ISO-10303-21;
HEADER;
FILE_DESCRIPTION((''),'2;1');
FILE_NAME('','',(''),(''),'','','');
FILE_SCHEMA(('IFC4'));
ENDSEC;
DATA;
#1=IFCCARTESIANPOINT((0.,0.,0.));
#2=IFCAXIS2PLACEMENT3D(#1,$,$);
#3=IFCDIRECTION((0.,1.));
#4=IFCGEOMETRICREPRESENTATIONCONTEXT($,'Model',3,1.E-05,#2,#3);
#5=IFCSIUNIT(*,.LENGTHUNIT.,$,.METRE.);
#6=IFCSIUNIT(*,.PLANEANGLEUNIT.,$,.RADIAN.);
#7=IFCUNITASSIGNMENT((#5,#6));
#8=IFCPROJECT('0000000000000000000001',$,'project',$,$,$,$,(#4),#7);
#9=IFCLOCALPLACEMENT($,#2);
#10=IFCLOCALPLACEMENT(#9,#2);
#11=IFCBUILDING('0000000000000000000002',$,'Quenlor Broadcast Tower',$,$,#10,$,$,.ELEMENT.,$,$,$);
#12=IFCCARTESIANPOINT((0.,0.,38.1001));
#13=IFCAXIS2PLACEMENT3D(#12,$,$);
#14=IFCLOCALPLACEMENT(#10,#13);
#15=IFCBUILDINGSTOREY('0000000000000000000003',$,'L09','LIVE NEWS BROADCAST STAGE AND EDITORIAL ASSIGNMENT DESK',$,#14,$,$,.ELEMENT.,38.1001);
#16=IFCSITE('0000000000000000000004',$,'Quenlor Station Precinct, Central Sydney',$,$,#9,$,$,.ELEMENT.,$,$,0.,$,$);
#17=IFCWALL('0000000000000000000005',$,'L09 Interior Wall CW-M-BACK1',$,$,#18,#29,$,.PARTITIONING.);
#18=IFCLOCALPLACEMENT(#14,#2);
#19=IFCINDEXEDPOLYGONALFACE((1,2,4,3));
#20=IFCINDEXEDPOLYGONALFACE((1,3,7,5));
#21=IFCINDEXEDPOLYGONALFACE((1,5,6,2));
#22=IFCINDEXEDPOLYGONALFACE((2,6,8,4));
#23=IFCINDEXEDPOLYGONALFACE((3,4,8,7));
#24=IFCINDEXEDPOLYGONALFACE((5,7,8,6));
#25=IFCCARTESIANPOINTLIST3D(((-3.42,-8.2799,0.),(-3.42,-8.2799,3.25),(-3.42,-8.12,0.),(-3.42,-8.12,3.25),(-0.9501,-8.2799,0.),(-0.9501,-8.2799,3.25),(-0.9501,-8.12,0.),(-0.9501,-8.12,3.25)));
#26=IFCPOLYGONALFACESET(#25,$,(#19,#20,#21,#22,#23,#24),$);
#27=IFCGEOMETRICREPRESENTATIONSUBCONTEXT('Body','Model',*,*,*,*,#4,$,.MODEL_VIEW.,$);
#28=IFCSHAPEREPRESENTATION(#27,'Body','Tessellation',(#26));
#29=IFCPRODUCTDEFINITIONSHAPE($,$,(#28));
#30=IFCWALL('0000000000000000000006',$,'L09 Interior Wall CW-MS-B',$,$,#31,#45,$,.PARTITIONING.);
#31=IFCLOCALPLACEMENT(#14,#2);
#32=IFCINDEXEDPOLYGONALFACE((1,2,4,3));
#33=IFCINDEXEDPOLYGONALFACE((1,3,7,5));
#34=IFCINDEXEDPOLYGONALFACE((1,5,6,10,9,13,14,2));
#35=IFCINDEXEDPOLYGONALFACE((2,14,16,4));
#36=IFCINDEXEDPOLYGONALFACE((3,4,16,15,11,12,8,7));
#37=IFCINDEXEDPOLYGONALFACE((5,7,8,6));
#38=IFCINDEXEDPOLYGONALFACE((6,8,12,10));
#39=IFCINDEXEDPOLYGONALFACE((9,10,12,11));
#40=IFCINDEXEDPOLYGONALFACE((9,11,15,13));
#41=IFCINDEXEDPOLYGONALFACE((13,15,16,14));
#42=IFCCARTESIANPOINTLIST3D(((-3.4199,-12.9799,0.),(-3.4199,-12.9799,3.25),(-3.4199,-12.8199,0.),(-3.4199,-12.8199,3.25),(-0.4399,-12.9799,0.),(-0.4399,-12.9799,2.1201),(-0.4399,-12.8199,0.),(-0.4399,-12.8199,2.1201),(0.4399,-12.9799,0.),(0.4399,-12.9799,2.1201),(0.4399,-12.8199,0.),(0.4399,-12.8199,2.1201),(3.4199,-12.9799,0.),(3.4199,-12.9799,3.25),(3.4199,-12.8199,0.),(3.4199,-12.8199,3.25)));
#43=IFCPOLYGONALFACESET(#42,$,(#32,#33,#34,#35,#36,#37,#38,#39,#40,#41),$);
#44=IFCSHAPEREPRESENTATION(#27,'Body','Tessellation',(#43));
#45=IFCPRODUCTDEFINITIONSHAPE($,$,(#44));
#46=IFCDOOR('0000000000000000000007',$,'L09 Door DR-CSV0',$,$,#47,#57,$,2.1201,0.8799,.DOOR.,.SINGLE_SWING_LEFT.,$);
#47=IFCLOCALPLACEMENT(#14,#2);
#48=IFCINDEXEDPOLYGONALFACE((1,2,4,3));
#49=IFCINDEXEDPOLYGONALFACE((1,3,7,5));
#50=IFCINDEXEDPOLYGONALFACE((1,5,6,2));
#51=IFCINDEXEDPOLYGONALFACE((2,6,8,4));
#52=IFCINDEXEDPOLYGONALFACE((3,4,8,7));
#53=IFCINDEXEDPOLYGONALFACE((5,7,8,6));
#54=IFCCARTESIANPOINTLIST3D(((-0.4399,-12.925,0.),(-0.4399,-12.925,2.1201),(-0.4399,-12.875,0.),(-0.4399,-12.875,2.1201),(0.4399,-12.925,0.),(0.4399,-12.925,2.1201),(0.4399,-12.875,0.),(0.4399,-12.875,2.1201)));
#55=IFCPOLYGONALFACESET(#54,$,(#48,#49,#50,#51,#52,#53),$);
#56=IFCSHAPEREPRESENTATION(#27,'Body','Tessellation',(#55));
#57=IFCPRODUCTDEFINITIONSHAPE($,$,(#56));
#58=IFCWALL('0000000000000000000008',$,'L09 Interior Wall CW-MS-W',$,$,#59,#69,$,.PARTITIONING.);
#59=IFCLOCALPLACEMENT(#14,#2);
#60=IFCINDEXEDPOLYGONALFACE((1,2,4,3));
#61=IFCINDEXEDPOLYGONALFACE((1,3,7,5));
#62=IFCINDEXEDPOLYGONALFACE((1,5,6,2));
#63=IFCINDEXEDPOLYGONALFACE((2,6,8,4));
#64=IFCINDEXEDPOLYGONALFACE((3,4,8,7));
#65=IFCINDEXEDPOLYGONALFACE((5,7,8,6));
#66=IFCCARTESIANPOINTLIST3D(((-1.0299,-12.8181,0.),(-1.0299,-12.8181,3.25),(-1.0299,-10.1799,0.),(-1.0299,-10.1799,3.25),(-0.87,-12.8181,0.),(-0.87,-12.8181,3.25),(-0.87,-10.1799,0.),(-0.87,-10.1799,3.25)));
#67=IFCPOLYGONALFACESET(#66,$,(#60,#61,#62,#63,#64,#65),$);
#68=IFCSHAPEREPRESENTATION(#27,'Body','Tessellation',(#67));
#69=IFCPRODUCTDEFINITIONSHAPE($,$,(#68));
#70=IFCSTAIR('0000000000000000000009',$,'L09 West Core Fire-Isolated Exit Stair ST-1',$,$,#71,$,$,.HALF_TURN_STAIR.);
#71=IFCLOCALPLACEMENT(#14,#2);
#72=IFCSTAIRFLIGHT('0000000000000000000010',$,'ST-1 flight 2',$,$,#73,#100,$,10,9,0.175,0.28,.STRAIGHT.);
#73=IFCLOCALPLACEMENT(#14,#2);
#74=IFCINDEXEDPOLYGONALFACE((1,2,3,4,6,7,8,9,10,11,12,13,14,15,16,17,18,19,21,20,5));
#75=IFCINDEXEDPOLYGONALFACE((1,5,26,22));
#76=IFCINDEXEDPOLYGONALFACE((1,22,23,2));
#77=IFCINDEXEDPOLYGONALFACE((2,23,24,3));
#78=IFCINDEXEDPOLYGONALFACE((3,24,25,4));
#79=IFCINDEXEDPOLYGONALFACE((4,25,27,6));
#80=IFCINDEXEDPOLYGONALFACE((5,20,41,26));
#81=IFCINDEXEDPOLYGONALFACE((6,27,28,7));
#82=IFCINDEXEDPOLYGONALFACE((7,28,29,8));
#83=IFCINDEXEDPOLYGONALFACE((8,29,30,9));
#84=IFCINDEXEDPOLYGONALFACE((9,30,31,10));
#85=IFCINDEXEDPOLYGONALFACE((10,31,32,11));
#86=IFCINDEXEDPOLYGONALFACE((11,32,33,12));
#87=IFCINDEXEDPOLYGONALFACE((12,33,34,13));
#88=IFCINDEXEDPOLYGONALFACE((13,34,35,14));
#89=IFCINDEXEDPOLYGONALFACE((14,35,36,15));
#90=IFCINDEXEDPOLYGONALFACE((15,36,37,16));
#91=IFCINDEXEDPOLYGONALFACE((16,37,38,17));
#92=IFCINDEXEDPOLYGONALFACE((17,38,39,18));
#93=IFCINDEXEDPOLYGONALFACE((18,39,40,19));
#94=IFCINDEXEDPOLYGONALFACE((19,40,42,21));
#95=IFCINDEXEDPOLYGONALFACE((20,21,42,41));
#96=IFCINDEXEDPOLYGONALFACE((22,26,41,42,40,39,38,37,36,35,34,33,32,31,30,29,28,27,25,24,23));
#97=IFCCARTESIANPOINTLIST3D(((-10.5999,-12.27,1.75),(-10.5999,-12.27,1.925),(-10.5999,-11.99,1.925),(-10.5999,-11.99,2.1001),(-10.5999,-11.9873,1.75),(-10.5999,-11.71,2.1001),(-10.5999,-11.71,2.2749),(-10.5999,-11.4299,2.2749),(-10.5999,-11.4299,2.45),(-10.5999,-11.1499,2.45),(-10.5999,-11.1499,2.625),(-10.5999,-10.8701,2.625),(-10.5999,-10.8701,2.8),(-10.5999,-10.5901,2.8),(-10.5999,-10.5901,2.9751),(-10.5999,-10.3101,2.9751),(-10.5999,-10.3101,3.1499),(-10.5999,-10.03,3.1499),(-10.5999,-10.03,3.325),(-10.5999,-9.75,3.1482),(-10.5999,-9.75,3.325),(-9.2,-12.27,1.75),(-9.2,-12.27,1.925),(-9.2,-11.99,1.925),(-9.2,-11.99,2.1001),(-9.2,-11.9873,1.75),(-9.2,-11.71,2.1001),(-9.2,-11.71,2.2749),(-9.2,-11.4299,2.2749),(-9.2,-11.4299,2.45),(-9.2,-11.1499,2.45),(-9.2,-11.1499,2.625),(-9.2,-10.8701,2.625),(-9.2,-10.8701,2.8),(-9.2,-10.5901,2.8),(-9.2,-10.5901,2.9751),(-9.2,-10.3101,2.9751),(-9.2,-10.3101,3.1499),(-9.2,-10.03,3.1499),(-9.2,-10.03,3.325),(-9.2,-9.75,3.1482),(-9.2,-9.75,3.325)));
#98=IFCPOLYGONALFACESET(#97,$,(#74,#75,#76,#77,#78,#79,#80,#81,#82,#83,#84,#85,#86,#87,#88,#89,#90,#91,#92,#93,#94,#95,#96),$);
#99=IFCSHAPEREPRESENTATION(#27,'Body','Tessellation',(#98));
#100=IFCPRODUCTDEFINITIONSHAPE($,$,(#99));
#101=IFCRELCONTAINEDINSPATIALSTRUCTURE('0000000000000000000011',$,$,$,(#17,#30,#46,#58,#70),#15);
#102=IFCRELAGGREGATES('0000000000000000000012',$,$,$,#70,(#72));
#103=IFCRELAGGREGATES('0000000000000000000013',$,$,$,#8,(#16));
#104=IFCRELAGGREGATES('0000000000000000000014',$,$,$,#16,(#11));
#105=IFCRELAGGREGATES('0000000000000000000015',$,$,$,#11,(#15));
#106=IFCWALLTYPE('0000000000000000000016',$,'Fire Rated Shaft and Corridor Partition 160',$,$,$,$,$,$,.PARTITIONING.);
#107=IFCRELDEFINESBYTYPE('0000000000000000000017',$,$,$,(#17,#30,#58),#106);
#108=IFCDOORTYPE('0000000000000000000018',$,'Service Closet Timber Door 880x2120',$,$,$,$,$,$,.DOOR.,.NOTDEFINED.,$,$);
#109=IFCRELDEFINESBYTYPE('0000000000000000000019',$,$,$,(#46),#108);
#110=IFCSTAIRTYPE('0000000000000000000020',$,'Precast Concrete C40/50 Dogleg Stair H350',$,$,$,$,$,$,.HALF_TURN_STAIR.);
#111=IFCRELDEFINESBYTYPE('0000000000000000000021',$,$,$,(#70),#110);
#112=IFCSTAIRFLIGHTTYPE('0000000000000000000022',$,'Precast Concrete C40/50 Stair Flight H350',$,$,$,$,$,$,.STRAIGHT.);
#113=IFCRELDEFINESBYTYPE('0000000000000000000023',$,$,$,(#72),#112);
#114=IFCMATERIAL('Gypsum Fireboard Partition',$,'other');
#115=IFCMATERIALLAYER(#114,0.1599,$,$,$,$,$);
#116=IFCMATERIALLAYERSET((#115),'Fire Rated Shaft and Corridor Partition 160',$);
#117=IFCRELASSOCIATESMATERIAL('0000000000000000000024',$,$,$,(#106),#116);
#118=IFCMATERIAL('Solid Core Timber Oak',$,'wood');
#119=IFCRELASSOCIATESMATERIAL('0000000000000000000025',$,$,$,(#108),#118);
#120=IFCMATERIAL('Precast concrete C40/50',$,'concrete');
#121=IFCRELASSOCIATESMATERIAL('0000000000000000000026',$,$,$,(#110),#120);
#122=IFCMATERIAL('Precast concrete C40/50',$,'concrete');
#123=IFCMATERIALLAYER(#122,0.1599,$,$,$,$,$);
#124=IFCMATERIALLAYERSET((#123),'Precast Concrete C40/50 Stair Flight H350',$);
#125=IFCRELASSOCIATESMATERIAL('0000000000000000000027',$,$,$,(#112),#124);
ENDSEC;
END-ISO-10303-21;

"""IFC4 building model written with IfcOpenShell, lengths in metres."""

from ifc_helpers import new_model, si_unit, direction, frame, frame_2d, origin, place, context, subcontext, project, spatial, polyline, rectangle, outline, extrude, material, layer, layer_set, type_object, element, fill, aggregate, save


model = new_model("IFC4")

# Units and contexts
model_context = context("Model", 3, precision=1e-05, world=origin(), true_north=direction((0.0, 1.0)))
body_context = subcontext(model_context, "Body", "Model", "MODEL_VIEW")
ifc_project = project(units=[si_unit("LENGTHUNIT", "METRE"), si_unit("PLANEANGLEUNIT", "RADIAN")], contexts=[model_context])

# Site, building, storey
site_placement = place(None, origin())
site = spatial("IfcSite", under=ifc_project, at=site_placement, Name="Quenlor Station Precinct, Central Sydney", CompositionType="ELEMENT", RefElevation=0.0)
building_placement = place(site_placement, origin())
building = spatial("IfcBuilding", under=site, at=building_placement, Name="Quenlor Broadcast Tower", CompositionType="ELEMENT")
storey_placement = place(building_placement, frame((0.0, 0.0, 38.1001)))
storey = spatial("IfcBuildingStorey", under=building, at=storey_placement, Name="L09", Description="LIVE NEWS BROADCAST STAGE AND EDITORIAL ASSIGNMENT DESK", CompositionType="ELEMENT", Elevation=38.1001)

# Wall
ifc_material_1 = material(Name="Gypsum Fireboard Partition", Category="other")
ifc_layer_1 = layer(ifc_material_1, 0.1599)
ifc_layer_set_1 = layer_set([ifc_layer_1], Name="Fire Rated Shaft and Corridor Partition 160")
wall_type_1 = type_object("IfcWallType", Name="Fire Rated Shaft and Corridor Partition 160", PredefinedType="PARTITIONING", material=ifc_layer_set_1)
wall_1_placement = place(storey_placement, frame((-3.4199, -8.2, 0.0), z_axis=(0.0, 0.0, 1.0), x_axis=(1.0, 0.0, 0.0)))
element("IfcWall", 1, at=wall_1_placement, inside=storey, type_object=wall_type_1, Name="L09 Interior Wall CW-M-BACK1", PredefinedType="PARTITIONING", context=body_context, shape_type="SweptSolid", body=[
    extrude(rectangle(XDim=2.47, YDim=0.1599, at=frame_2d((1.2349, 0.0))), origin(), (0.0, 0.0, 1.0), 3.25),
])

# Wall, opening, door
wall_2_placement = place(storey_placement, frame((-3.4199, -12.8999, 0.0), z_axis=(0.0, 0.0, 1.0), x_axis=(1.0, 0.0, 0.0)))
wall_2 = element("IfcWall", 2, at=wall_2_placement, inside=storey, type_object=wall_type_1, Name="L09 Interior Wall CW-MS-B", PredefinedType="PARTITIONING", context=body_context, shape_type="SweptSolid", body=[
    extrude(rectangle(XDim=6.8398, YDim=0.1599, at=frame_2d((3.4199, 0.0))), origin(), (0.0, 0.0, 1.0), 3.25),
])
opening_1_placement = place(wall_2_placement, frame((2.98, 0.0, 0.0)))
opening_1 = element("IfcOpeningElement", 3, at=opening_1_placement, cuts=wall_2, PredefinedType="OPENING", context=body_context, shape_type="SweptSolid", body=[
    extrude(rectangle(XDim=0.8799, YDim=2.1201, at=frame_2d((0.4399, 1.0601))), frame((0.0, 0.0898, 0.0), z_axis=(0.0, -1.0, 0.0), x_axis=(1.0, 0.0, 0.0)), (0.0, 0.0, 1.0), 0.1799),
])
ifc_material_2 = material(Name="Solid Core Timber Oak", Category="wood")
door_type_1 = type_object("IfcDoorType", Name="Service Closet Timber Door 880x2120", OperationType="NOTDEFINED", PredefinedType="DOOR", material=ifc_material_2)
door_1_placement = place(opening_1_placement, origin())
door_1 = element("IfcDoor", 4, at=door_1_placement, inside=storey, type_object=door_type_1, Name="L09 Door DR-CSV0", OperationType="SINGLE_SWING_LEFT", OverallHeight=2.1201, OverallWidth=0.8799, PredefinedType="DOOR", context=body_context, shape_type="SweptSolid", body=[
    extrude(rectangle(XDim=0.8799, YDim=2.1201, at=frame_2d((0.4399, 1.0601))), frame((0.0, 0.0249, 0.0), z_axis=(0.0, -1.0, 0.0), x_axis=(1.0, 0.0, 0.0)), (0.0, 0.0, 1.0), 0.05),
])
fill(opening_1, door_1)

# Wall
wall_3_placement = place(storey_placement, frame((-0.95, -12.8181, 0.0), z_axis=(0.0, 0.0, 1.0), x_axis=(0.0, 1.0, 0.0)))
element("IfcWall", 5, at=wall_3_placement, inside=storey, type_object=wall_type_1, Name="L09 Interior Wall CW-MS-W", PredefinedType="PARTITIONING", context=body_context, shape_type="SweptSolid", body=[
    extrude(rectangle(XDim=2.6382, YDim=0.1599, at=frame_2d((1.3191, 0.0))), origin(), (0.0, 0.0, 1.0), 3.25),
])

# Stair, stair flight
ifc_material_3 = material(Name="Precast concrete C40/50", Category="concrete")
stair_type = type_object("IfcStairType", Name="Precast Concrete C40/50 Dogleg Stair H350", PredefinedType="HALF_TURN_STAIR", material=ifc_material_3)
stair_placement = place(storey_placement, origin())
stair = element("IfcStair", 6, at=stair_placement, inside=storey, type_object=stair_type, Name="L09 West Core Fire-Isolated Exit Stair ST-1", PredefinedType="HALF_TURN_STAIR")
ifc_material_4 = material(Name="Precast concrete C40/50", Category="concrete")
ifc_layer_2 = layer(ifc_material_4, 0.1599)
ifc_layer_set_2 = layer_set([ifc_layer_2], Name="Precast Concrete C40/50 Stair Flight H350")
stair_flight_type = type_object("IfcStairFlightType", Name="Precast Concrete C40/50 Stair Flight H350", PredefinedType="STRAIGHT", material=ifc_layer_set_2)
stair_flight_placement = place(storey_placement, frame((-9.8999, -12.27, 1.75), z_axis=(0.0, 0.0, 1.0), x_axis=(0.0, 1.0, 0.0)))
stair_flight = element("IfcStairFlight", 7, at=stair_flight_placement, type_object=stair_flight_type, Name="ST-1 flight 2", NumberOfRisers=10, NumberOfTreads=9, PredefinedType="STRAIGHT", RiserHeight=0.175, TreadLength=0.28, context=body_context, shape_type="SweptSolid", body=[
    extrude(outline(polyline([(0.0, 0.0), (0.0, 0.175), (0.28, 0.175), (0.28, 0.3501), (0.5601, 0.3501), (0.5601, 0.5249), (0.8401, 0.5249), (0.8401, 0.7), (1.1201, 0.7), (1.1201, 0.875), (1.3999, 0.875), (1.3999, 1.05), (1.6799, 1.05), (1.6799, 1.2251), (1.96, 1.2251), (1.96, 1.3999), (2.24, 1.3999), (2.24, 1.575), (2.52, 1.575), (2.52, 1.75), (2.52, 1.3982), (0.2827, 0.0), (0.0, 0.0)])), frame((0.0, 0.7, 0.0), z_axis=(0.0, -1.0, 0.0), x_axis=(1.0, 0.0, 0.0)), (0.0, 0.0, 1.0), 1.3999),
])
aggregate(stair, [stair_flight])

save(model, "model.ifc")
